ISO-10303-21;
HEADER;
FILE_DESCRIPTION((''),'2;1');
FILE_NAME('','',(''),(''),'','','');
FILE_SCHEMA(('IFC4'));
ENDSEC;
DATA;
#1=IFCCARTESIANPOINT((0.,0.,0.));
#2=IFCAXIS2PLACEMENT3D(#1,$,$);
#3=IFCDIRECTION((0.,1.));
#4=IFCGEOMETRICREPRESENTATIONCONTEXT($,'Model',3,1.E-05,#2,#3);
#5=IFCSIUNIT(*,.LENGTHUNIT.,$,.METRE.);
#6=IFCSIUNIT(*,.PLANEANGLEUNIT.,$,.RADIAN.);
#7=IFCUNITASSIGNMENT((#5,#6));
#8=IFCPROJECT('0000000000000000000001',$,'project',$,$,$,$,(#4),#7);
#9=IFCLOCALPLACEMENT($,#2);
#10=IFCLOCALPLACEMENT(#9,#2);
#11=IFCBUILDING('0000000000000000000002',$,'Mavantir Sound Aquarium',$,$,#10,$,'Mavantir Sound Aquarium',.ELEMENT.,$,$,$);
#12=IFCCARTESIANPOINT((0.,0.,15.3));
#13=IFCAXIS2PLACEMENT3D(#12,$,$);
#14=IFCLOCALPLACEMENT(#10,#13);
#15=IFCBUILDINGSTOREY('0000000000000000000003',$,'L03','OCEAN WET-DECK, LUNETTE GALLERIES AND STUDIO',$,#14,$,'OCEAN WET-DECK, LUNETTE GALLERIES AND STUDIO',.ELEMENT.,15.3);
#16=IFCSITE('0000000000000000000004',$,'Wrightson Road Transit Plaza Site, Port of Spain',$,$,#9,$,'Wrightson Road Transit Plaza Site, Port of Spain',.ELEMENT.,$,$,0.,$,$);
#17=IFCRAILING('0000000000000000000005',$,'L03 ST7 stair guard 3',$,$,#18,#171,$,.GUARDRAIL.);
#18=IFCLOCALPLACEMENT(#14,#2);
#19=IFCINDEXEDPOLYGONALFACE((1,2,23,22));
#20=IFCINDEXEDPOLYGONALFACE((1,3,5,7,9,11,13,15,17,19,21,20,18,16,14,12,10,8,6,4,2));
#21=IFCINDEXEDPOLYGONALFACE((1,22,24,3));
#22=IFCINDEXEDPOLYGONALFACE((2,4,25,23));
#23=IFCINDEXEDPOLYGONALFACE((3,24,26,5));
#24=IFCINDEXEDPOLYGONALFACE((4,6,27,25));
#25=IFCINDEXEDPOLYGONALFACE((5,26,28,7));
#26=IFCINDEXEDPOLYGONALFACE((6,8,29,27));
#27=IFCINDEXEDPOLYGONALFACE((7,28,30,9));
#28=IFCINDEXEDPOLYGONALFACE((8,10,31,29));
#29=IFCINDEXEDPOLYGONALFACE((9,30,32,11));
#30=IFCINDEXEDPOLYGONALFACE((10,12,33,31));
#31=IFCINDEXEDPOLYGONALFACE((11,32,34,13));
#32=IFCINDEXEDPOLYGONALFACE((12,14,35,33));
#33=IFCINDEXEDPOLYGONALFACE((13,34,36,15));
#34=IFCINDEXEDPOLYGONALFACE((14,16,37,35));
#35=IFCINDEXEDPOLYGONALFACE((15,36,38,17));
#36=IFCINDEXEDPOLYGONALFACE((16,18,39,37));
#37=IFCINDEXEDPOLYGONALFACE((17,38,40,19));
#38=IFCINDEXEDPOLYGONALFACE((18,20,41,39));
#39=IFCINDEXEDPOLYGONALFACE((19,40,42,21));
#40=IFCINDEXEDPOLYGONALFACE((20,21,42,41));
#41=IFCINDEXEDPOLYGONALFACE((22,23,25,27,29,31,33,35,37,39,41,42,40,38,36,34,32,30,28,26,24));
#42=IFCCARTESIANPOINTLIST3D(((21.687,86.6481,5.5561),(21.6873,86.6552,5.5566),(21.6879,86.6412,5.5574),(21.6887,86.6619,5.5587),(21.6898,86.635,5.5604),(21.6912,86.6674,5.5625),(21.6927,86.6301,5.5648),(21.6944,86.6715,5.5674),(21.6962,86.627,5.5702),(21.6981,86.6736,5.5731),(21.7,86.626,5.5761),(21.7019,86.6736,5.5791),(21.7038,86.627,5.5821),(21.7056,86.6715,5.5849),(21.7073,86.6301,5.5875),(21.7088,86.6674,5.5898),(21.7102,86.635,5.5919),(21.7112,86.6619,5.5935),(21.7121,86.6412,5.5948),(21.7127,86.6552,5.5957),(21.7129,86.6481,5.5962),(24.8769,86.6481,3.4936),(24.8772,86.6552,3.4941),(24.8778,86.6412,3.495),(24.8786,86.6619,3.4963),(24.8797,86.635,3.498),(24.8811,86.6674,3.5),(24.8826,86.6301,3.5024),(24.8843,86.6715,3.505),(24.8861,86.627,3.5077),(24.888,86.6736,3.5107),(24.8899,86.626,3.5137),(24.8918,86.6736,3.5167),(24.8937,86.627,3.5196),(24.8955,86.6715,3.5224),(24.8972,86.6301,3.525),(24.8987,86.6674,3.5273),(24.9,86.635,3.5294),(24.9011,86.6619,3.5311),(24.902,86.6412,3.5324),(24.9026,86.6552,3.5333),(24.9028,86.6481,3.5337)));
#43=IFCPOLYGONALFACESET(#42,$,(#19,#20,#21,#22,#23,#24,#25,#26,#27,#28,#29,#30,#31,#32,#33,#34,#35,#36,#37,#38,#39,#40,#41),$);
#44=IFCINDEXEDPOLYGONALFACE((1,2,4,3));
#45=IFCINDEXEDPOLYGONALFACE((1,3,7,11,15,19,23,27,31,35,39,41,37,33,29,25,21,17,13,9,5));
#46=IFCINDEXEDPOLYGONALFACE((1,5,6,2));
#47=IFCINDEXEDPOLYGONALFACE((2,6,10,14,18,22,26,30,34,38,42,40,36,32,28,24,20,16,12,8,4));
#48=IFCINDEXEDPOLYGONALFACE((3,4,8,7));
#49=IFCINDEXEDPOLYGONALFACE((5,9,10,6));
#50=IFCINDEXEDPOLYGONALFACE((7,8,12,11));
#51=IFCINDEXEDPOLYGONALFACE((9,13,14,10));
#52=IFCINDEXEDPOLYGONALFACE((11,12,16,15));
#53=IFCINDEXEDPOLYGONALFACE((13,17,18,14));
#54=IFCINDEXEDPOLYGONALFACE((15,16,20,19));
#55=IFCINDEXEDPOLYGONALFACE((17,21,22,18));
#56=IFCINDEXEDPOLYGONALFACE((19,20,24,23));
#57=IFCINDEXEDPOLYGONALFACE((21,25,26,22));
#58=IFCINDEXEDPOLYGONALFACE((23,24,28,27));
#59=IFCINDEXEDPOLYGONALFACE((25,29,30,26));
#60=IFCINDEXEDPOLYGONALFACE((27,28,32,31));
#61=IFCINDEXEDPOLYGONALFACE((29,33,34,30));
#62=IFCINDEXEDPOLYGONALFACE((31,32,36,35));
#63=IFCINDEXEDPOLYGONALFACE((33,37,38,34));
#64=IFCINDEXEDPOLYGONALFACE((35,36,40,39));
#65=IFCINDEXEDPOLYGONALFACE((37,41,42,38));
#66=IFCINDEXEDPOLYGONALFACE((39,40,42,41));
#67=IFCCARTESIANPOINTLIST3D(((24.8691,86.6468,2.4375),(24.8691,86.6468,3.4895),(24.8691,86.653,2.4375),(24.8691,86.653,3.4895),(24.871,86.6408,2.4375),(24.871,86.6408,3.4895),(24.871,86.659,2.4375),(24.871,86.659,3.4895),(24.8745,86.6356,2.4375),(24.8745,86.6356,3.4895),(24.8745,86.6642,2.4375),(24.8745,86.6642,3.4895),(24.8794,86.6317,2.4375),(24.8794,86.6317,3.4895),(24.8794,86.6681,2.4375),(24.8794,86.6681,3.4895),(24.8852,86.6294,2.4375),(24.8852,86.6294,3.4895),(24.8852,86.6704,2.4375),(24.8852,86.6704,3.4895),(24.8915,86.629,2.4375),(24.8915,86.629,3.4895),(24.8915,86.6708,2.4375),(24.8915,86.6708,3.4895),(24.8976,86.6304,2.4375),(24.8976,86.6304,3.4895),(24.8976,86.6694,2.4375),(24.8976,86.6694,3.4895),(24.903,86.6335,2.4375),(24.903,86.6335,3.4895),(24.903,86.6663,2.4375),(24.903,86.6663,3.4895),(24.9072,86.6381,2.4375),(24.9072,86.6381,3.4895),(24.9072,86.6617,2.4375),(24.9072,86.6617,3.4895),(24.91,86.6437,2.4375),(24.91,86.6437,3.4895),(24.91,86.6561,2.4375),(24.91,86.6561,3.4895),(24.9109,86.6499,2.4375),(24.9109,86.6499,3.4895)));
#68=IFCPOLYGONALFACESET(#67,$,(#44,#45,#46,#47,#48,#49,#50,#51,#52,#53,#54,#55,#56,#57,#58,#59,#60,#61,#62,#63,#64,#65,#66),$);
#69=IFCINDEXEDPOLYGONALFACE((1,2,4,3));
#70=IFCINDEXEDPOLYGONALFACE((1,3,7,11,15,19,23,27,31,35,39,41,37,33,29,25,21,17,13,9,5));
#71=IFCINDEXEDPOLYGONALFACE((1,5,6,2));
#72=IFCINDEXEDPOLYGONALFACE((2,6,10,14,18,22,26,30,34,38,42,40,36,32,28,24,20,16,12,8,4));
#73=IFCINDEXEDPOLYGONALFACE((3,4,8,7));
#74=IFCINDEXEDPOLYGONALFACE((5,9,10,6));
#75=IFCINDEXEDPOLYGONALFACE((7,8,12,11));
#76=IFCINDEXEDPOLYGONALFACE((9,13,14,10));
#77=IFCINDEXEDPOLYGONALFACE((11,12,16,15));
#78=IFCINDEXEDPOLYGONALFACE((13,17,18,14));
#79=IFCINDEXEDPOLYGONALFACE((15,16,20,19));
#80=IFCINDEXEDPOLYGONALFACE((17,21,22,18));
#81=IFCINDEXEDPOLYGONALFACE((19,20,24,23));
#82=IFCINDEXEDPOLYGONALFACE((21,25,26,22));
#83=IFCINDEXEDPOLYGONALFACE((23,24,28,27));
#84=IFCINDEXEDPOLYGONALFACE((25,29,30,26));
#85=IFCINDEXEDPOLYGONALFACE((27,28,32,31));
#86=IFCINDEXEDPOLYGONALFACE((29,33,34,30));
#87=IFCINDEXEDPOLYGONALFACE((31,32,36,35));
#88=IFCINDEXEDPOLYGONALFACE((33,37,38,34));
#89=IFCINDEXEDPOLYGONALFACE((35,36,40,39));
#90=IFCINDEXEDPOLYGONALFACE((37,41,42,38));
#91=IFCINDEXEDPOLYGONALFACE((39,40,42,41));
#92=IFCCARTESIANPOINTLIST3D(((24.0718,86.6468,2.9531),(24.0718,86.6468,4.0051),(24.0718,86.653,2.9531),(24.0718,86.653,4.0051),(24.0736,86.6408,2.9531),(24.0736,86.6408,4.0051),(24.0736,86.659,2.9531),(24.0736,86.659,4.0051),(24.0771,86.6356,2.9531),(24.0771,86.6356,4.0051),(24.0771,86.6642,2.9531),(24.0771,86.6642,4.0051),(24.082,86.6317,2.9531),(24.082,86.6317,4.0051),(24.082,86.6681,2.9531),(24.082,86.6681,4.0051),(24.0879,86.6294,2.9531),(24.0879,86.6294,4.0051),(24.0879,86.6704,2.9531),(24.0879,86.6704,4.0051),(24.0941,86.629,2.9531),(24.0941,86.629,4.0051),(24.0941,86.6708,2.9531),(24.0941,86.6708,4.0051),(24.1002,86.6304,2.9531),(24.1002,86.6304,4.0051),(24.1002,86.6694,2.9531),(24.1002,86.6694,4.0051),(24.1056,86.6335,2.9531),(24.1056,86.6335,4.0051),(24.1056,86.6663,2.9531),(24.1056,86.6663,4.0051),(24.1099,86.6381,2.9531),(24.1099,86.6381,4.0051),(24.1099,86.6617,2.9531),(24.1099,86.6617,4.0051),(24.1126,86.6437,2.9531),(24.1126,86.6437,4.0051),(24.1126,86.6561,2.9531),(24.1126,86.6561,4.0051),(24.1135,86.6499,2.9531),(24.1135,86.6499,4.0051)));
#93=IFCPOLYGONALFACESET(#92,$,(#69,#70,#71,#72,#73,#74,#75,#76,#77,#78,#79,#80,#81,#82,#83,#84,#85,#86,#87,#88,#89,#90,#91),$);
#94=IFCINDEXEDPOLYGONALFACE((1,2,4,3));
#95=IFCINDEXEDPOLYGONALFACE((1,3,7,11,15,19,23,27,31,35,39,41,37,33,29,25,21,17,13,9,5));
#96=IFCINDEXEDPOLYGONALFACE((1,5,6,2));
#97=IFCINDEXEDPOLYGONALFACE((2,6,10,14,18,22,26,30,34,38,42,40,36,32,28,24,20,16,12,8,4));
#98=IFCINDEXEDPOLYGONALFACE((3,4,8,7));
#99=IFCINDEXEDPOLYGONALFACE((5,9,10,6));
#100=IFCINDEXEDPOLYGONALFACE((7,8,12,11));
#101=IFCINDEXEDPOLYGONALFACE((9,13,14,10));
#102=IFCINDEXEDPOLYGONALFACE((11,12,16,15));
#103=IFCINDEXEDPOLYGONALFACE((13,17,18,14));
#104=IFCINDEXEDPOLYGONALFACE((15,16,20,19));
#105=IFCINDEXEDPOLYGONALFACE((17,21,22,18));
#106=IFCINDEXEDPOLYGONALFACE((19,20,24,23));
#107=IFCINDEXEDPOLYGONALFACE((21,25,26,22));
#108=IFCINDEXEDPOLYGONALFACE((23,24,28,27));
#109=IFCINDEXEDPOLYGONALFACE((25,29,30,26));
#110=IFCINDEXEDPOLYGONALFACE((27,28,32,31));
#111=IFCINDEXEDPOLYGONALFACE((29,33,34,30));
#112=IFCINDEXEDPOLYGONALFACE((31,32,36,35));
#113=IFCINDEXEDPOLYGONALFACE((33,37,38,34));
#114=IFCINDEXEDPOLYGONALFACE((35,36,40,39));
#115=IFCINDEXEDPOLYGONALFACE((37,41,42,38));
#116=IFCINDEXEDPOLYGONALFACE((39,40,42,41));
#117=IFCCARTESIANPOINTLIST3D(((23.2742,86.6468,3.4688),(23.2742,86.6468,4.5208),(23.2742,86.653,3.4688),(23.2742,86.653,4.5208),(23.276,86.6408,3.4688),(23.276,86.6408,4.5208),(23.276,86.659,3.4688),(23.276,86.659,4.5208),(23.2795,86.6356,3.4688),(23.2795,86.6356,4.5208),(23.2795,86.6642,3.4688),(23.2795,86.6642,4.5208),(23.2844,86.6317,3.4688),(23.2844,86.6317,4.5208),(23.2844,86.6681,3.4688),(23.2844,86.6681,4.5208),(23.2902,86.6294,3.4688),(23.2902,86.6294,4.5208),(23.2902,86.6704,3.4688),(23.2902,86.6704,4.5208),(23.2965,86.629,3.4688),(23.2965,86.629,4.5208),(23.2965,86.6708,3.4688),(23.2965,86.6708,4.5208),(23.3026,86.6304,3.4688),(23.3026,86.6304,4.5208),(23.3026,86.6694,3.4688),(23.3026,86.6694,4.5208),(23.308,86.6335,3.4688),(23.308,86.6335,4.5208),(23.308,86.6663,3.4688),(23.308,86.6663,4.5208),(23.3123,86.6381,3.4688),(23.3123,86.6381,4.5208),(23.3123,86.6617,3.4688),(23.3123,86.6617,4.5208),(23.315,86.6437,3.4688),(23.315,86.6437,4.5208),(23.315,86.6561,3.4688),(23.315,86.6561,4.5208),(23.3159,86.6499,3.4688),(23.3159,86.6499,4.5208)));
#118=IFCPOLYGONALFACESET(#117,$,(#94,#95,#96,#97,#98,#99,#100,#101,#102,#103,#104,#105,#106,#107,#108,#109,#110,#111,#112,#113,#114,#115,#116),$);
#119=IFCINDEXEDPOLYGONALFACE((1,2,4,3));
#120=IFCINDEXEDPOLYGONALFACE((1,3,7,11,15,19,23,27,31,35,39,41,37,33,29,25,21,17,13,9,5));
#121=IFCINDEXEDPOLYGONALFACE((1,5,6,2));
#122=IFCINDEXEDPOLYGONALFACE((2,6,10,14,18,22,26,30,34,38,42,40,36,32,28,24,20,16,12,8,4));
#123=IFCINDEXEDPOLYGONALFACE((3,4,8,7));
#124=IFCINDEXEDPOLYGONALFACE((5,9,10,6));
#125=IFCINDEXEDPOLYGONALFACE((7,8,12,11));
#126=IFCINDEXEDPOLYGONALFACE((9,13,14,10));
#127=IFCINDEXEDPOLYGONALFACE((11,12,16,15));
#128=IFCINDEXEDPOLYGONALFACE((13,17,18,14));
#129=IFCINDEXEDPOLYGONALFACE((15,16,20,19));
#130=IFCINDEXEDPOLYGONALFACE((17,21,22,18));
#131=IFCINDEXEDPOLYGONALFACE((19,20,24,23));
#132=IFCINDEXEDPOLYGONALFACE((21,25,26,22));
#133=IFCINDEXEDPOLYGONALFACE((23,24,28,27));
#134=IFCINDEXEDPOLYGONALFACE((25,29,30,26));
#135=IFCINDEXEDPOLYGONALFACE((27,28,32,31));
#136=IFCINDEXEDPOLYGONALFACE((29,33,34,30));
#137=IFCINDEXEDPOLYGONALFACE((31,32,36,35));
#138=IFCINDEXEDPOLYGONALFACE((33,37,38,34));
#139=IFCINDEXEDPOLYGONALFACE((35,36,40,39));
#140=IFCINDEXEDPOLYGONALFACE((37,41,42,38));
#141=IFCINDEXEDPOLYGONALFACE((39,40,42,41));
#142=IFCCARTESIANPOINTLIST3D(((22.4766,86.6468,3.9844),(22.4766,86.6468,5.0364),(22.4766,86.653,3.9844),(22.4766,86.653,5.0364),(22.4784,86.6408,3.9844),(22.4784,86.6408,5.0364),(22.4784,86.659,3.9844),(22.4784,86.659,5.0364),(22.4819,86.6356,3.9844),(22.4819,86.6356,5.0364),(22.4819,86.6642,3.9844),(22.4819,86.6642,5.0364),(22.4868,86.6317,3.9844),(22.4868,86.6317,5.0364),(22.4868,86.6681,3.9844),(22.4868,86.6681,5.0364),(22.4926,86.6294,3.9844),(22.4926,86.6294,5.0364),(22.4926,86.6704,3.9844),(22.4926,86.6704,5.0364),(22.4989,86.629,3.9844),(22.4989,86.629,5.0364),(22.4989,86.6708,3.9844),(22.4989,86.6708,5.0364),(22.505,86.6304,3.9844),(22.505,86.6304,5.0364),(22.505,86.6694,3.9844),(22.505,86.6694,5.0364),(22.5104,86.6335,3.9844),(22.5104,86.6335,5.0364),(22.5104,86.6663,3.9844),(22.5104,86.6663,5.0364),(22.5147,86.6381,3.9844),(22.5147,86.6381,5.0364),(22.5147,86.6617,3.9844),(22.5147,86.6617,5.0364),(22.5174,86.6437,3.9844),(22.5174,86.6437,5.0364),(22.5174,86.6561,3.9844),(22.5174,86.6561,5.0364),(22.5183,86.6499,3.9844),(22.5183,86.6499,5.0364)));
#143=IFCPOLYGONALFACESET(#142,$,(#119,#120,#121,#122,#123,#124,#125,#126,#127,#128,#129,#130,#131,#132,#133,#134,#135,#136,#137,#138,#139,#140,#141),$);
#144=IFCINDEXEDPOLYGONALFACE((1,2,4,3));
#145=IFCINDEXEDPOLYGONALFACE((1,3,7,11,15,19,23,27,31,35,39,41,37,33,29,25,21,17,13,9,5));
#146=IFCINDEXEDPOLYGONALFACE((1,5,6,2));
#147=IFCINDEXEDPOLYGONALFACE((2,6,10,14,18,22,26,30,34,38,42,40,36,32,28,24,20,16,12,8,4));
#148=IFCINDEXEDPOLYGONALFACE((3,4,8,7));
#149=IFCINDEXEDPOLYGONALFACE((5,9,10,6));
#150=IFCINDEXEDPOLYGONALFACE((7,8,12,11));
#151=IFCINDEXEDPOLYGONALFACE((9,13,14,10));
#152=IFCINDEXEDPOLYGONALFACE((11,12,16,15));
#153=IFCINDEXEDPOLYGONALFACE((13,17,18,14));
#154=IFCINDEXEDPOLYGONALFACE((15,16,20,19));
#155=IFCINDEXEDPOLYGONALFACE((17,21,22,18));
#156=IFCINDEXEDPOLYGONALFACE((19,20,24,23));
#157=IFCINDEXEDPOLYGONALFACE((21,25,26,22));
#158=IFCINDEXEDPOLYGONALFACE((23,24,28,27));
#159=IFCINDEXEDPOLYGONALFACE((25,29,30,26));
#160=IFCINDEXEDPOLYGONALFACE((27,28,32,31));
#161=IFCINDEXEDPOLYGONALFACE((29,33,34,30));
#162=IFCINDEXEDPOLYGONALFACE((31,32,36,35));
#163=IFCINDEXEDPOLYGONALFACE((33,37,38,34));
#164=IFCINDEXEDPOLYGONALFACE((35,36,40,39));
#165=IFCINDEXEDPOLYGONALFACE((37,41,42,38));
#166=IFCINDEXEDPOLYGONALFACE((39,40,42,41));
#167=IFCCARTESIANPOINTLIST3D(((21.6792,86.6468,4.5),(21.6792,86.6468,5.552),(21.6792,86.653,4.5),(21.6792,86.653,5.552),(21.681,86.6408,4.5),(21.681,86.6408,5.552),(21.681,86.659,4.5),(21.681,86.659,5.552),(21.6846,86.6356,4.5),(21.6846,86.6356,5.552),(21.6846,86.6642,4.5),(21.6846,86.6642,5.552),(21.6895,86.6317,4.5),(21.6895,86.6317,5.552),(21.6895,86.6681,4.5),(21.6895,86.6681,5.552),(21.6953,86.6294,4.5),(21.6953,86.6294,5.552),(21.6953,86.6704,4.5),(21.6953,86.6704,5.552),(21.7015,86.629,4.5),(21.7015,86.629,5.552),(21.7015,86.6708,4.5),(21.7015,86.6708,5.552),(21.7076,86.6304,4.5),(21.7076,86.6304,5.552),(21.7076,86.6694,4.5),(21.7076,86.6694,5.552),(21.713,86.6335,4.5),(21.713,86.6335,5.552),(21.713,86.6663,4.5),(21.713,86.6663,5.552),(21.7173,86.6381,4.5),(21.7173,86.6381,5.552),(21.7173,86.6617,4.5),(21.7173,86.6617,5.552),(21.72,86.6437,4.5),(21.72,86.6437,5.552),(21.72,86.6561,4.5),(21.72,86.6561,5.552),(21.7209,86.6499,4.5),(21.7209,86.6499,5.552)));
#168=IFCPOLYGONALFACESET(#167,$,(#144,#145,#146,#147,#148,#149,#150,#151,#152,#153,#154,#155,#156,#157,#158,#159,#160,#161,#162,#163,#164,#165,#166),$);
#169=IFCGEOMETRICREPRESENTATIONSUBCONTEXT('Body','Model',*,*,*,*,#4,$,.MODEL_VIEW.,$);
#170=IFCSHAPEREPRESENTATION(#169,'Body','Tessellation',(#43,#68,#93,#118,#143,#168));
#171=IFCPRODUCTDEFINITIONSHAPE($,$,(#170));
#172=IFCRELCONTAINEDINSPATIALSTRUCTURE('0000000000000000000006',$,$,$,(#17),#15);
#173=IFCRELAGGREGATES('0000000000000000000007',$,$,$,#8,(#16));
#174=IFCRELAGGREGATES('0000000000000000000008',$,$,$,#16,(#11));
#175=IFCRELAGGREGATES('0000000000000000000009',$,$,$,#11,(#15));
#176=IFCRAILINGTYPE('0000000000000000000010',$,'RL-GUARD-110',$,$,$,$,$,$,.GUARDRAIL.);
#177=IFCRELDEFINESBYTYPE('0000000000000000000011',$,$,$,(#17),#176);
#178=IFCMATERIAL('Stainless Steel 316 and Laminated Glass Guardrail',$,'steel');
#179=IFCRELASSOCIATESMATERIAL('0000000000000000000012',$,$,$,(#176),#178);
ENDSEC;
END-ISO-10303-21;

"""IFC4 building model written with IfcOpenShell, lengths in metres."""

from ifc_helpers import new_model, si_unit, direction, frame, origin, origin_2d, place, context, subcontext, project, spatial, circle, extrude, material, type_object, element, save


model = new_model("IFC4")

# Units and contexts
model_context = context("Model", 3, precision=1e-05, world=origin(), true_north=direction((0.0, 1.0)))
body_context = subcontext(model_context, "Body", "Model", "MODEL_VIEW")
ifc_project = project(units=[si_unit("LENGTHUNIT", "METRE"), si_unit("PLANEANGLEUNIT", "RADIAN")], contexts=[model_context])

# Site, building, storey
site_placement = place(None, origin())
site = spatial("IfcSite", under=ifc_project, at=site_placement, Name="Wrightson Road Transit Plaza Site, Port of Spain", LongName="Wrightson Road Transit Plaza Site, Port of Spain", CompositionType="ELEMENT", RefElevation=0.0)
building_placement = place(site_placement, origin())
building = spatial("IfcBuilding", under=site, at=building_placement, Name="Mavantir Sound Aquarium", LongName="Mavantir Sound Aquarium", CompositionType="ELEMENT")
storey_placement = place(building_placement, frame((0.0, 0.0, 15.3)))
storey = spatial("IfcBuildingStorey", under=building, at=storey_placement, Name="L03", Description="OCEAN WET-DECK, LUNETTE GALLERIES AND STUDIO", LongName="OCEAN WET-DECK, LUNETTE GALLERIES AND STUDIO", CompositionType="ELEMENT", Elevation=15.3)

# Railing
ifc_material_1 = material(Name="Stainless Steel 316 and Laminated Glass Guardrail", Category="steel")
railing_type_1 = type_object("IfcRailingType", Name="RL-GUARD-110", PredefinedType="GUARDRAIL", material=ifc_material_1)
railing_1_placement = place(storey_placement, frame((24.8899, 86.6499, 2.4375)))
element("IfcRailing", 1, at=railing_1_placement, inside=storey, type_object=railing_type_1, Name="L03 ST7 stair guard 3", PredefinedType="GUARDRAIL", context=body_context, shape_type="SweptSolid", body=[
    extrude(circle(Radius=0.0239, at=origin_2d()), frame((0.0, 0.0, 1.0762), z_axis=(-0.83976, 0.0, 0.542958), x_axis=(0.0, -1.0, 0.0)), (0.0, 0.0, 1.0), 3.7986),
    extrude(circle(Radius=0.021, at=origin_2d()), origin(), (0.0, 0.0, 1.0), 1.052),
    extrude(circle(Radius=0.021, at=origin_2d()), frame((-0.7974, 0.0, 0.5156)), (0.0, 0.0, 1.0), 1.052),
    extrude(circle(Radius=0.021, at=origin_2d()), frame((-1.595, 0.0, 1.0312)), (0.0, 0.0, 1.0), 1.052),
    extrude(circle(Radius=0.021, at=origin_2d()), frame((-2.3926, 0.0, 1.5469)), (0.0, 0.0, 1.0), 1.052),
    extrude(circle(Radius=0.021, at=origin_2d()), frame((-3.1899, 0.0, 2.0625)), (0.0, 0.0, 1.0), 1.052),
])

save(model, "model.ifc")
